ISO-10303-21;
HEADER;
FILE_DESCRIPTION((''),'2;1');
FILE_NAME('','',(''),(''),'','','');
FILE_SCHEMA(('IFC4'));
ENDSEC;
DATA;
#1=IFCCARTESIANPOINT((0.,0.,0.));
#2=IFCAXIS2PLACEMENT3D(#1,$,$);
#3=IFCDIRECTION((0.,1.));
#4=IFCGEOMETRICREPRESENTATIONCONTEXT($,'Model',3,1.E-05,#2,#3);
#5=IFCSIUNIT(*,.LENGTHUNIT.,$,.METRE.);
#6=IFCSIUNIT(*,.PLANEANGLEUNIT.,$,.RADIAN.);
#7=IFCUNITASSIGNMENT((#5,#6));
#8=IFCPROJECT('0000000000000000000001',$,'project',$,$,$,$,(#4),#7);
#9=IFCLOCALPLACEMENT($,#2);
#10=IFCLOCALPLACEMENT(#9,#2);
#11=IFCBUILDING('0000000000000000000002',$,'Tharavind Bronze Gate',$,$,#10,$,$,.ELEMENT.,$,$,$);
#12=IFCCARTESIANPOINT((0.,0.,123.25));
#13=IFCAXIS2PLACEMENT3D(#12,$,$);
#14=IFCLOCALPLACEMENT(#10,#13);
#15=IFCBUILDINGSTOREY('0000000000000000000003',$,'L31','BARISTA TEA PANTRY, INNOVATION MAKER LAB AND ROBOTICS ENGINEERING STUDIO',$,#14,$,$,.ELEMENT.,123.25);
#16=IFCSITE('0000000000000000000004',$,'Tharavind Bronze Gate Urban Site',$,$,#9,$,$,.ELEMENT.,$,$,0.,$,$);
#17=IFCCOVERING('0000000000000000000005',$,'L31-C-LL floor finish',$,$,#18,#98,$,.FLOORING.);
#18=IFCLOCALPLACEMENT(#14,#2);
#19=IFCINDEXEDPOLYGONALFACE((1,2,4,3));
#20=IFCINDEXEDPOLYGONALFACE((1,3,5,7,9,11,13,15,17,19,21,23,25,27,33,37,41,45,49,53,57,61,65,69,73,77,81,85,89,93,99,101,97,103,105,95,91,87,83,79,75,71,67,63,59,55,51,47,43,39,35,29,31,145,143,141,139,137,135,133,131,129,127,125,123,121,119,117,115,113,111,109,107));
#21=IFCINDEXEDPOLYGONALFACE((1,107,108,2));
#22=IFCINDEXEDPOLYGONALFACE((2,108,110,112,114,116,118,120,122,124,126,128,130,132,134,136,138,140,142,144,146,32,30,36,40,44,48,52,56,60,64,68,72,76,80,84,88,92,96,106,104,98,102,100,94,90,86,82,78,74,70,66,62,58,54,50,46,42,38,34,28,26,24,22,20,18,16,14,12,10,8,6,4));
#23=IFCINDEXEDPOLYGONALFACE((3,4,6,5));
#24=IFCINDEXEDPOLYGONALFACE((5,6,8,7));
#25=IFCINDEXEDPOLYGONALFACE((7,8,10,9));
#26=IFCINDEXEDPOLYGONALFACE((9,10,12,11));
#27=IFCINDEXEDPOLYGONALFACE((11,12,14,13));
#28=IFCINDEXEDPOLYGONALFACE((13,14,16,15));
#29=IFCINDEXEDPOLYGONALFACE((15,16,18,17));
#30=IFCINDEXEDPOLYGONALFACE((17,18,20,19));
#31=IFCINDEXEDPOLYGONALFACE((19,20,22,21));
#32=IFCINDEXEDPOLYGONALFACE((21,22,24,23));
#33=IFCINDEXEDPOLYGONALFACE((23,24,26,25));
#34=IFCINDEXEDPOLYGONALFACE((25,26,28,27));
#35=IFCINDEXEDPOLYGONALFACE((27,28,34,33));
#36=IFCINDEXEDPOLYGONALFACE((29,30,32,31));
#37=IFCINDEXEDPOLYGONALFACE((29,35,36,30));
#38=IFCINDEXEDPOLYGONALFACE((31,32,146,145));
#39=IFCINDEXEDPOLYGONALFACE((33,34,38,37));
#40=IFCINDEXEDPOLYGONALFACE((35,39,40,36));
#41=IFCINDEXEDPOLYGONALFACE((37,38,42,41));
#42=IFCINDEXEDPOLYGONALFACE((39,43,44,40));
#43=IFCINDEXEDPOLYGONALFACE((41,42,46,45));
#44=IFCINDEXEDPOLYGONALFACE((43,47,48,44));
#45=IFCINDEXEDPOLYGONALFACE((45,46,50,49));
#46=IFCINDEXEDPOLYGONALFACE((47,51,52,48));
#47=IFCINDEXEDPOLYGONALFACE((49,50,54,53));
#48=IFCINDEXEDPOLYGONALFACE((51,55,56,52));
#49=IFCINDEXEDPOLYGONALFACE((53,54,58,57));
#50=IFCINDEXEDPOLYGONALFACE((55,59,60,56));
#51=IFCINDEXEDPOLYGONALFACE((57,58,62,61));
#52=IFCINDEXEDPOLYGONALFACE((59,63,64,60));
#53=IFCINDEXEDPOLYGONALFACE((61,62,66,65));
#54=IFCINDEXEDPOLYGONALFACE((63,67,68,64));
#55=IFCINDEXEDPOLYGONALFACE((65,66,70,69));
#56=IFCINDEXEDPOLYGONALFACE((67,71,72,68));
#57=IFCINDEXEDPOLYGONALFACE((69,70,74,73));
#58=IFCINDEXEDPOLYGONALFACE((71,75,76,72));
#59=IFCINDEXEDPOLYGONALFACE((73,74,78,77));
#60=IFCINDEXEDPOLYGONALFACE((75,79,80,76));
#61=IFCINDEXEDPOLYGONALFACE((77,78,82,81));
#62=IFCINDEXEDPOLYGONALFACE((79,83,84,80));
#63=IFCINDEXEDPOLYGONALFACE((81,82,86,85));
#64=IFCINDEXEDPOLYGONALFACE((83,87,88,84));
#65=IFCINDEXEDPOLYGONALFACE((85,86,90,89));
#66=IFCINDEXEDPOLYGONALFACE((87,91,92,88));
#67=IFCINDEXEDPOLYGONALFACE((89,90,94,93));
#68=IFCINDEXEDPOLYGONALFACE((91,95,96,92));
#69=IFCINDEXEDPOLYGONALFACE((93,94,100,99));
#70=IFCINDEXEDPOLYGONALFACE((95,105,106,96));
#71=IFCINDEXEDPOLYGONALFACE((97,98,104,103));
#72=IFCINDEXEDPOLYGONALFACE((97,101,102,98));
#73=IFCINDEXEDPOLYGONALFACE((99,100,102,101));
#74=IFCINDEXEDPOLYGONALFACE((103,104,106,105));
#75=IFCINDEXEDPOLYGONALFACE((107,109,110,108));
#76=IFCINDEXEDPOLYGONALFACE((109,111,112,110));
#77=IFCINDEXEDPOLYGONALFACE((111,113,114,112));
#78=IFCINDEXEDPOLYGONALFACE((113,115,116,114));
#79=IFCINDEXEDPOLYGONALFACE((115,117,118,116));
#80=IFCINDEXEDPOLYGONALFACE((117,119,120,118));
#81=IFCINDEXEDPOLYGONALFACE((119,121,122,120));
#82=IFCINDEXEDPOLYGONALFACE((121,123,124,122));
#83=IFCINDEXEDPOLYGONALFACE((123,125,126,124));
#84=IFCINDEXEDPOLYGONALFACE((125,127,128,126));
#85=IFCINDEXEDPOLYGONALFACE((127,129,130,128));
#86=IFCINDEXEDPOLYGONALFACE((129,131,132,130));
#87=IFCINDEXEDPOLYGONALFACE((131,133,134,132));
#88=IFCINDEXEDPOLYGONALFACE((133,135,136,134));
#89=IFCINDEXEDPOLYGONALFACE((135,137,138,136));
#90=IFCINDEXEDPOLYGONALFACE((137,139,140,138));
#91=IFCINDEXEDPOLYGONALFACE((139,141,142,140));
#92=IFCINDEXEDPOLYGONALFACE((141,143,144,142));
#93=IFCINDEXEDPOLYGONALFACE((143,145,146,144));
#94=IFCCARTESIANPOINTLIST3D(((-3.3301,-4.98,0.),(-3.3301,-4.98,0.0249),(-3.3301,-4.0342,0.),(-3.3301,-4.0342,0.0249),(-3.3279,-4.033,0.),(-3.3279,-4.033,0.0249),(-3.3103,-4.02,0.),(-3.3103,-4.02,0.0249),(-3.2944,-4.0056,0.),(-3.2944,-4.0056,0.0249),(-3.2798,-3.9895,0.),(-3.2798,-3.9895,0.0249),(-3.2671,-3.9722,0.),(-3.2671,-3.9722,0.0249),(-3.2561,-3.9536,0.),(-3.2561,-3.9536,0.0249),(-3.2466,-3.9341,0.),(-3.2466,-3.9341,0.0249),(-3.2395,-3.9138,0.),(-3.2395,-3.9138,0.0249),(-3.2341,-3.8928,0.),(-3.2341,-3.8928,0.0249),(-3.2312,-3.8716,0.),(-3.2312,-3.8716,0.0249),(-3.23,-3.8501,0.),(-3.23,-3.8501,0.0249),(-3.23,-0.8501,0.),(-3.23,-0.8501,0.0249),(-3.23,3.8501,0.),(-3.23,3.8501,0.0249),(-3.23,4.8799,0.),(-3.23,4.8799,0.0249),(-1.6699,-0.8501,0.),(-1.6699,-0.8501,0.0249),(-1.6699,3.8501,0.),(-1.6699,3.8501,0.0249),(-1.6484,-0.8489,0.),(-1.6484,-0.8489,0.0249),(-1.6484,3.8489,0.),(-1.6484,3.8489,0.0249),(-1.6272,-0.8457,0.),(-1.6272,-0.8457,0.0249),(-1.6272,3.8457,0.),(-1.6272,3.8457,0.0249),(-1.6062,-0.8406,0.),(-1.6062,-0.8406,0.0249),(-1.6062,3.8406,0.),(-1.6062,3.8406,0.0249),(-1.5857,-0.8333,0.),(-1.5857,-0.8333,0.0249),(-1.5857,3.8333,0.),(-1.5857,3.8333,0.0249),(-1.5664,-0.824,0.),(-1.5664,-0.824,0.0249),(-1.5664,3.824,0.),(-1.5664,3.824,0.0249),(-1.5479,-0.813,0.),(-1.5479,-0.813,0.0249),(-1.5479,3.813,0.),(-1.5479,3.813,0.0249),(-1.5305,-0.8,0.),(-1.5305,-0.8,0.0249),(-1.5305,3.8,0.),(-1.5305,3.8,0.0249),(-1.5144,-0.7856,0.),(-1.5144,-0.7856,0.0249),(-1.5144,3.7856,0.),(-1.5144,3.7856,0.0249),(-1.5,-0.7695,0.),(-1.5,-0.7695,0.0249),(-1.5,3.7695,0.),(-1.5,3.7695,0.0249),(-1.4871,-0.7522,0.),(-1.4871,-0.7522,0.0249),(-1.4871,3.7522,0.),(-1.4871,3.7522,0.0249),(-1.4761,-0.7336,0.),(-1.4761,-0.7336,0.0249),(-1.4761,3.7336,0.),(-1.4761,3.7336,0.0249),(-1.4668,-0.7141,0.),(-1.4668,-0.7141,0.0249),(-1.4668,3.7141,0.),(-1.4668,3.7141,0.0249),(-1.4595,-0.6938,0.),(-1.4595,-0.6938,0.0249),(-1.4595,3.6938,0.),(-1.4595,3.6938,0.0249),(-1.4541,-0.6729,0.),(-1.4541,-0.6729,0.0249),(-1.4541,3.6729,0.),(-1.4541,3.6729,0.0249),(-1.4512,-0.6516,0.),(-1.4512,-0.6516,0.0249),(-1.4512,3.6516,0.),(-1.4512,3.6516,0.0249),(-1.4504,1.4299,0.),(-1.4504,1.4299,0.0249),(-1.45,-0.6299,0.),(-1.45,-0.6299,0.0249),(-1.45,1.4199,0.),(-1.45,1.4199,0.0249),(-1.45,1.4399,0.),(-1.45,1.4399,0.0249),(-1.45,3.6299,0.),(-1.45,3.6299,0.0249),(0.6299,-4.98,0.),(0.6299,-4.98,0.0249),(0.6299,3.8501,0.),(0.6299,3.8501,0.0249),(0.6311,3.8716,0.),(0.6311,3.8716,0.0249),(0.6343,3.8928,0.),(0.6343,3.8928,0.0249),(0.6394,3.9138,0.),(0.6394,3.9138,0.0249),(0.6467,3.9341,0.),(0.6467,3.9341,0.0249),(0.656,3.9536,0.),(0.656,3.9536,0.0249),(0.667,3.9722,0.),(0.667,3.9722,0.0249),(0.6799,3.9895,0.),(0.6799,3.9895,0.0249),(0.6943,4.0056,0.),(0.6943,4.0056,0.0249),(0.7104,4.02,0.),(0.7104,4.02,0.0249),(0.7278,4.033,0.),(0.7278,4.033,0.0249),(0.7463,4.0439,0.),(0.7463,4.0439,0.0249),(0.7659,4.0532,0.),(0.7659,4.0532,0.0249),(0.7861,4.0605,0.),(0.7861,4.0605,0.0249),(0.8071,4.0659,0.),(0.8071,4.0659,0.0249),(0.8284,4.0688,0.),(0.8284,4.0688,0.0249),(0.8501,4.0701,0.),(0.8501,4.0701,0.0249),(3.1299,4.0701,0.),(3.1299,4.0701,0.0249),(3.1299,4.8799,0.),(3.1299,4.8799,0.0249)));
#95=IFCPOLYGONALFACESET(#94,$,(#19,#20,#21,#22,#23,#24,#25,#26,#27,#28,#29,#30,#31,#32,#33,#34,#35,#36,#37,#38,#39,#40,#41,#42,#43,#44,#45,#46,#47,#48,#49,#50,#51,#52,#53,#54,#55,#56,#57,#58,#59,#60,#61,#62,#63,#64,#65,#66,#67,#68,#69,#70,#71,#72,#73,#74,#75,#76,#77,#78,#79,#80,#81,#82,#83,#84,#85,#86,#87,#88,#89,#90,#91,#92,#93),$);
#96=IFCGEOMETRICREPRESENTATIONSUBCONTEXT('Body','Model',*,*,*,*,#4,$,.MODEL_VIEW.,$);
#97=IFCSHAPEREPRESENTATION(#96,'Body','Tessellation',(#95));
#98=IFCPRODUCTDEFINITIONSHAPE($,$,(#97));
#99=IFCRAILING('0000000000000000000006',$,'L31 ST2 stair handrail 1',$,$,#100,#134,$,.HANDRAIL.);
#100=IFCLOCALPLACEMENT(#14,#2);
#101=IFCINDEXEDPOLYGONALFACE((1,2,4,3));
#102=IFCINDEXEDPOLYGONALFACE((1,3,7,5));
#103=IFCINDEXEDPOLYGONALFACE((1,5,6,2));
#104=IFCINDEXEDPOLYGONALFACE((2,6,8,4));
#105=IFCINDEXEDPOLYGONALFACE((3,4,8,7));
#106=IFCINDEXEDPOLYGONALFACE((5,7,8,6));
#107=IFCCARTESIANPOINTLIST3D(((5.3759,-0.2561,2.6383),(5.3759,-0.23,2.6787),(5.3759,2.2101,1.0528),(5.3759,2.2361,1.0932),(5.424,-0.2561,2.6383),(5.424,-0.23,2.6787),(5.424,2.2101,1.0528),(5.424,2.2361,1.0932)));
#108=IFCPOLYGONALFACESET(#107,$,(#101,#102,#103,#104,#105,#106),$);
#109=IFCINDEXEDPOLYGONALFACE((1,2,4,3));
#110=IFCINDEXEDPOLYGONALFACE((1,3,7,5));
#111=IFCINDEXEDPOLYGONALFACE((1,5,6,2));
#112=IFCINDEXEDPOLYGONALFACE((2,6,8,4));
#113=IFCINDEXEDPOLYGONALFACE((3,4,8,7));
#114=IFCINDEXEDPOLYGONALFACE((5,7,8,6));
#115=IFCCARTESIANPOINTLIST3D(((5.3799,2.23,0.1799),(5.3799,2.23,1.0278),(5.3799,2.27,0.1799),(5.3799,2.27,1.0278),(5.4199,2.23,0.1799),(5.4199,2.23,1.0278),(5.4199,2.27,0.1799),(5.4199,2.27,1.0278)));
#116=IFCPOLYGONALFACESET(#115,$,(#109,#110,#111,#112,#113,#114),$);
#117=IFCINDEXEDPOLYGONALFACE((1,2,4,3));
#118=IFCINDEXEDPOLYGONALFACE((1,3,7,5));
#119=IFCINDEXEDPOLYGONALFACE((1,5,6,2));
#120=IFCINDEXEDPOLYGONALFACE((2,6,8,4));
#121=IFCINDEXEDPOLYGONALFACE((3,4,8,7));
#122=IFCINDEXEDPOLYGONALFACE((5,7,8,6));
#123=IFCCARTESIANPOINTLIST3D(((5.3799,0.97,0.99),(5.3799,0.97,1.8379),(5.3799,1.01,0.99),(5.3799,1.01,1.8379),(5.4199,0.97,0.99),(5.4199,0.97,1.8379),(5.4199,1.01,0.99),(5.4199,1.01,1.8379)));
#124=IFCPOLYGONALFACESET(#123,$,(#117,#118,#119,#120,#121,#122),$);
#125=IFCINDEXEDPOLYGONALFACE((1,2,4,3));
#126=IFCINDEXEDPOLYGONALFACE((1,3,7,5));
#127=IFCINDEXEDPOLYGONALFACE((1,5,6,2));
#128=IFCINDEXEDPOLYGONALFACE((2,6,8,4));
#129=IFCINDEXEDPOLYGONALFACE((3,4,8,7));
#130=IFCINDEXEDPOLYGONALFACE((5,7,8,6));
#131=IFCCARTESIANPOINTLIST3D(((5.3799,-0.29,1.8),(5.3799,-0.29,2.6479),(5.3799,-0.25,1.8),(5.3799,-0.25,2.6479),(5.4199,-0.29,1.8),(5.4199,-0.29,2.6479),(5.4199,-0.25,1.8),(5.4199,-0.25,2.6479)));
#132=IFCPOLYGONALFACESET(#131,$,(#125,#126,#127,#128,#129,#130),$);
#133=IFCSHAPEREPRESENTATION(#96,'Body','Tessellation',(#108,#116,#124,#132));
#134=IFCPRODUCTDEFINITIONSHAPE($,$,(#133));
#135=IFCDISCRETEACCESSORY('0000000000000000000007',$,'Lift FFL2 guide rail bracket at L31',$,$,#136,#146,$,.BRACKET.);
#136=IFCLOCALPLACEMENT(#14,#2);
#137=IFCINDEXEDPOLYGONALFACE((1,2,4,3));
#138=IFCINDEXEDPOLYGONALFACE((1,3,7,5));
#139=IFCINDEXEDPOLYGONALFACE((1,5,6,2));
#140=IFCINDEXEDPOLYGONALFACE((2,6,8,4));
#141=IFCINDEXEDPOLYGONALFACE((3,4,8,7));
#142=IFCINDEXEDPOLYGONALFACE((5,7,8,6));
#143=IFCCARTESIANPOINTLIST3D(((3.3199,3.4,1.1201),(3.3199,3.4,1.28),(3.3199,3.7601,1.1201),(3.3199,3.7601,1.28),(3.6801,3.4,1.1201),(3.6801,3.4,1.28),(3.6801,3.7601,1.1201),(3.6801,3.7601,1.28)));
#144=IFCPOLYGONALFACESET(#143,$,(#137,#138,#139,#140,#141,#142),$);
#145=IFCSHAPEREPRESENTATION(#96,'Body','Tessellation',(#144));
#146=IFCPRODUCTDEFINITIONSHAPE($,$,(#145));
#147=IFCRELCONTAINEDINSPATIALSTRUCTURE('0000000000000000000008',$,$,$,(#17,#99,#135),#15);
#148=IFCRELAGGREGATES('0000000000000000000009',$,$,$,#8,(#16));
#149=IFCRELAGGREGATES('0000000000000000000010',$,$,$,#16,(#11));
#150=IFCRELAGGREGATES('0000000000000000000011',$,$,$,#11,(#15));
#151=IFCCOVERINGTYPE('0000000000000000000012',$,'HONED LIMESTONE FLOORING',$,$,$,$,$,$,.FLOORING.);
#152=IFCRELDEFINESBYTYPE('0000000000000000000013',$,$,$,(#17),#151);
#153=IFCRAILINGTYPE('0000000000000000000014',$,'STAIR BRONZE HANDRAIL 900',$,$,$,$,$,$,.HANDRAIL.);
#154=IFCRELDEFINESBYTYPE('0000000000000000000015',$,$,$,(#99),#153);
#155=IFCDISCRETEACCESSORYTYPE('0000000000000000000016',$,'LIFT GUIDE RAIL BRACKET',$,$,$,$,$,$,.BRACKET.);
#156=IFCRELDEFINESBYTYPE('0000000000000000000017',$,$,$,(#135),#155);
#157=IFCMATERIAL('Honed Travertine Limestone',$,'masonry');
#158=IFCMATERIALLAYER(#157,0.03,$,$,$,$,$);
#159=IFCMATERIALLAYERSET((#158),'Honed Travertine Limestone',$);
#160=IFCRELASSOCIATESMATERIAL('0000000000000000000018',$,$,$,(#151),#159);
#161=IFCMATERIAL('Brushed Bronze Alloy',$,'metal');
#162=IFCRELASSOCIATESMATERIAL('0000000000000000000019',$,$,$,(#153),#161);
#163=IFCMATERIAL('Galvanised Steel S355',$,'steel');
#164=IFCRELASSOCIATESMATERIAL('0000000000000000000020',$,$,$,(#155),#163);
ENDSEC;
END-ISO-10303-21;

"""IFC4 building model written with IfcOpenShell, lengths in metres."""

from ifc_helpers import new_model, si_unit, direction, frame, origin, origin_2d, place, context, subcontext, project, spatial, polyline, rectangle, outline, extrude, material, layer, layer_set, type_object, element, save


model = new_model("IFC4")

# Units and contexts
model_context = context("Model", 3, precision=1e-05, world=origin(), true_north=direction((0.0, 1.0)))
body_context = subcontext(model_context, "Body", "Model", "MODEL_VIEW")
ifc_project = project(units=[si_unit("LENGTHUNIT", "METRE"), si_unit("PLANEANGLEUNIT", "RADIAN")], contexts=[model_context])

# Site, building, storey
site_placement = place(None, origin())
site = spatial("IfcSite", under=ifc_project, at=site_placement, Name="Tharavind Bronze Gate Urban Site", CompositionType="ELEMENT", RefElevation=0.0)
building_placement = place(site_placement, origin())
building = spatial("IfcBuilding", under=site, at=building_placement, Name="Tharavind Bronze Gate", CompositionType="ELEMENT")
storey_placement = place(building_placement, frame((0.0, 0.0, 123.25)))
storey = spatial("IfcBuildingStorey", under=building, at=storey_placement, Name="L31", Description="BARISTA TEA PANTRY, INNOVATION MAKER LAB AND ROBOTICS ENGINEERING STUDIO", CompositionType="ELEMENT", Elevation=123.25)

# Covering
ifc_material_1 = material(Name="Honed Travertine Limestone", Category="masonry")
ifc_layer_1 = layer(ifc_material_1, 0.03)
ifc_layer_set_1 = layer_set([ifc_layer_1], Name="Honed Travertine Limestone")
covering_type_1 = type_object("IfcCoveringType", Name="HONED LIMESTONE FLOORING", PredefinedType="FLOORING", material=ifc_layer_set_1)
covering_1_placement = place(storey_placement, origin())
element("IfcCovering", 1, at=covering_1_placement, inside=storey, type_object=covering_type_1, Name="L31-C-LL floor finish", PredefinedType="FLOORING", context=body_context, shape_type="SweptSolid", body=[
    extrude(outline(polyline([(-3.3301, -4.98), (0.6299, -4.98), (0.6299, 3.8501), (0.6311, 3.8716), (0.6343, 3.8928), (0.6394, 3.9138), (0.6467, 3.9341), (0.656, 3.9536), (0.667, 3.9722), (0.6799, 3.9895), (0.6943, 4.0056), (0.7104, 4.02), (0.7278, 4.033), (0.7463, 4.0439), (0.7659, 4.0532), (0.7861, 4.0605), (0.8071, 4.0659), (0.8284, 4.0688), (0.8501, 4.0701), (3.1299, 4.0701), (3.1299, 4.8799), (-3.23, 4.8799), (-3.23, 3.8501), (-1.6699, 3.8501), (-1.6484, 3.8489), (-1.6272, 3.8457), (-1.6062, 3.8406), (-1.5857, 3.8333), (-1.5664, 3.824), (-1.5479, 3.813), (-1.5305, 3.8), (-1.5144, 3.7856), (-1.5, 3.7695), (-1.4871, 3.7522), (-1.4761, 3.7336), (-1.4668, 3.7141), (-1.4595, 3.6938), (-1.4541, 3.6729), (-1.4512, 3.6516), (-1.45, 3.6299), (-1.45, 1.4399), (-1.4504, 1.4299), (-1.45, 1.4199), (-1.45, -0.6299), (-1.4512, -0.6516), (-1.4541, -0.6729), (-1.4595, -0.6938), (-1.4668, -0.7141), (-1.4761, -0.7336), (-1.4871, -0.7522), (-1.5, -0.7695), (-1.5144, -0.7856), (-1.5305, -0.8), (-1.5479, -0.813), (-1.5664, -0.824), (-1.5857, -0.8333), (-1.6062, -0.8406), (-1.6272, -0.8457), (-1.6484, -0.8489), (-1.6699, -0.8501), (-3.23, -0.8501), (-3.23, -3.8501), (-3.2312, -3.8716), (-3.2341, -3.8928), (-3.2395, -3.9138), (-3.2466, -3.9341), (-3.2561, -3.9536), (-3.2671, -3.9722), (-3.2798, -3.9895), (-3.2944, -4.0056), (-3.3103, -4.02), (-3.3279, -4.033), (-3.3301, -4.0342), (-3.3301, -4.98)])), origin(), (0.0, 0.0, 1.0), 0.0249),
])

# Railing
ifc_material_2 = material(Name="Brushed Bronze Alloy", Category="metal")
railing_type = type_object("IfcRailingType", Name="STAIR BRONZE HANDRAIL 900", PredefinedType="HANDRAIL", material=ifc_material_2)
railing_placement = place(storey_placement, frame((5.3999, 2.25, 0.1799)))
element("IfcRailing", 2, at=railing_placement, inside=storey, type_object=railing_type, Name="L31 ST2 stair handrail 1", PredefinedType="HANDRAIL", context=body_context, shape_type="SweptSolid", body=[
    extrude(rectangle(XDim=0.0481, YDim=0.0481, at=origin_2d()), frame((0.0, -0.0269, 0.8931), z_axis=(0.0, -0.841163, 0.540782), x_axis=(1.0, 0.0, 0.0)), (0.0, 0.0, 1.0), 2.9319),
    extrude(rectangle(XDim=0.04, YDim=0.04, at=origin_2d()), origin(), (0.0, 0.0, 1.0), 0.8479),
    extrude(rectangle(XDim=0.04, YDim=0.04, at=origin_2d()), frame((0.0, -1.26, 0.8101)), (0.0, 0.0, 1.0), 0.8479),
    extrude(rectangle(XDim=0.04, YDim=0.04, at=origin_2d()), frame((0.0, -2.52, 1.6201)), (0.0, 0.0, 1.0), 0.8479),
])

# Discrete accessory
ifc_material_3 = material(Name="Galvanised Steel S355", Category="steel")
discrete_accessory_type = type_object("IfcDiscreteAccessoryType", Name="LIFT GUIDE RAIL BRACKET", PredefinedType="BRACKET", material=ifc_material_3)
discrete_accessory_placement = place(storey_placement, frame((3.5, 3.5801, 1.1201), z_axis=(0.0, 0.0, 1.0), x_axis=(1.0, 0.0, 0.0)))
element("IfcDiscreteAccessory", 3, at=discrete_accessory_placement, inside=storey, type_object=discrete_accessory_type, Name="Lift FFL2 guide rail bracket at L31", PredefinedType="BRACKET", context=body_context, shape_type="SweptSolid", body=[
    extrude(rectangle(XDim=0.3601, YDim=0.3601, at=origin_2d()), origin(), (0.0, 0.0, 1.0), 0.1599),
])

save(model, "model.ifc")
